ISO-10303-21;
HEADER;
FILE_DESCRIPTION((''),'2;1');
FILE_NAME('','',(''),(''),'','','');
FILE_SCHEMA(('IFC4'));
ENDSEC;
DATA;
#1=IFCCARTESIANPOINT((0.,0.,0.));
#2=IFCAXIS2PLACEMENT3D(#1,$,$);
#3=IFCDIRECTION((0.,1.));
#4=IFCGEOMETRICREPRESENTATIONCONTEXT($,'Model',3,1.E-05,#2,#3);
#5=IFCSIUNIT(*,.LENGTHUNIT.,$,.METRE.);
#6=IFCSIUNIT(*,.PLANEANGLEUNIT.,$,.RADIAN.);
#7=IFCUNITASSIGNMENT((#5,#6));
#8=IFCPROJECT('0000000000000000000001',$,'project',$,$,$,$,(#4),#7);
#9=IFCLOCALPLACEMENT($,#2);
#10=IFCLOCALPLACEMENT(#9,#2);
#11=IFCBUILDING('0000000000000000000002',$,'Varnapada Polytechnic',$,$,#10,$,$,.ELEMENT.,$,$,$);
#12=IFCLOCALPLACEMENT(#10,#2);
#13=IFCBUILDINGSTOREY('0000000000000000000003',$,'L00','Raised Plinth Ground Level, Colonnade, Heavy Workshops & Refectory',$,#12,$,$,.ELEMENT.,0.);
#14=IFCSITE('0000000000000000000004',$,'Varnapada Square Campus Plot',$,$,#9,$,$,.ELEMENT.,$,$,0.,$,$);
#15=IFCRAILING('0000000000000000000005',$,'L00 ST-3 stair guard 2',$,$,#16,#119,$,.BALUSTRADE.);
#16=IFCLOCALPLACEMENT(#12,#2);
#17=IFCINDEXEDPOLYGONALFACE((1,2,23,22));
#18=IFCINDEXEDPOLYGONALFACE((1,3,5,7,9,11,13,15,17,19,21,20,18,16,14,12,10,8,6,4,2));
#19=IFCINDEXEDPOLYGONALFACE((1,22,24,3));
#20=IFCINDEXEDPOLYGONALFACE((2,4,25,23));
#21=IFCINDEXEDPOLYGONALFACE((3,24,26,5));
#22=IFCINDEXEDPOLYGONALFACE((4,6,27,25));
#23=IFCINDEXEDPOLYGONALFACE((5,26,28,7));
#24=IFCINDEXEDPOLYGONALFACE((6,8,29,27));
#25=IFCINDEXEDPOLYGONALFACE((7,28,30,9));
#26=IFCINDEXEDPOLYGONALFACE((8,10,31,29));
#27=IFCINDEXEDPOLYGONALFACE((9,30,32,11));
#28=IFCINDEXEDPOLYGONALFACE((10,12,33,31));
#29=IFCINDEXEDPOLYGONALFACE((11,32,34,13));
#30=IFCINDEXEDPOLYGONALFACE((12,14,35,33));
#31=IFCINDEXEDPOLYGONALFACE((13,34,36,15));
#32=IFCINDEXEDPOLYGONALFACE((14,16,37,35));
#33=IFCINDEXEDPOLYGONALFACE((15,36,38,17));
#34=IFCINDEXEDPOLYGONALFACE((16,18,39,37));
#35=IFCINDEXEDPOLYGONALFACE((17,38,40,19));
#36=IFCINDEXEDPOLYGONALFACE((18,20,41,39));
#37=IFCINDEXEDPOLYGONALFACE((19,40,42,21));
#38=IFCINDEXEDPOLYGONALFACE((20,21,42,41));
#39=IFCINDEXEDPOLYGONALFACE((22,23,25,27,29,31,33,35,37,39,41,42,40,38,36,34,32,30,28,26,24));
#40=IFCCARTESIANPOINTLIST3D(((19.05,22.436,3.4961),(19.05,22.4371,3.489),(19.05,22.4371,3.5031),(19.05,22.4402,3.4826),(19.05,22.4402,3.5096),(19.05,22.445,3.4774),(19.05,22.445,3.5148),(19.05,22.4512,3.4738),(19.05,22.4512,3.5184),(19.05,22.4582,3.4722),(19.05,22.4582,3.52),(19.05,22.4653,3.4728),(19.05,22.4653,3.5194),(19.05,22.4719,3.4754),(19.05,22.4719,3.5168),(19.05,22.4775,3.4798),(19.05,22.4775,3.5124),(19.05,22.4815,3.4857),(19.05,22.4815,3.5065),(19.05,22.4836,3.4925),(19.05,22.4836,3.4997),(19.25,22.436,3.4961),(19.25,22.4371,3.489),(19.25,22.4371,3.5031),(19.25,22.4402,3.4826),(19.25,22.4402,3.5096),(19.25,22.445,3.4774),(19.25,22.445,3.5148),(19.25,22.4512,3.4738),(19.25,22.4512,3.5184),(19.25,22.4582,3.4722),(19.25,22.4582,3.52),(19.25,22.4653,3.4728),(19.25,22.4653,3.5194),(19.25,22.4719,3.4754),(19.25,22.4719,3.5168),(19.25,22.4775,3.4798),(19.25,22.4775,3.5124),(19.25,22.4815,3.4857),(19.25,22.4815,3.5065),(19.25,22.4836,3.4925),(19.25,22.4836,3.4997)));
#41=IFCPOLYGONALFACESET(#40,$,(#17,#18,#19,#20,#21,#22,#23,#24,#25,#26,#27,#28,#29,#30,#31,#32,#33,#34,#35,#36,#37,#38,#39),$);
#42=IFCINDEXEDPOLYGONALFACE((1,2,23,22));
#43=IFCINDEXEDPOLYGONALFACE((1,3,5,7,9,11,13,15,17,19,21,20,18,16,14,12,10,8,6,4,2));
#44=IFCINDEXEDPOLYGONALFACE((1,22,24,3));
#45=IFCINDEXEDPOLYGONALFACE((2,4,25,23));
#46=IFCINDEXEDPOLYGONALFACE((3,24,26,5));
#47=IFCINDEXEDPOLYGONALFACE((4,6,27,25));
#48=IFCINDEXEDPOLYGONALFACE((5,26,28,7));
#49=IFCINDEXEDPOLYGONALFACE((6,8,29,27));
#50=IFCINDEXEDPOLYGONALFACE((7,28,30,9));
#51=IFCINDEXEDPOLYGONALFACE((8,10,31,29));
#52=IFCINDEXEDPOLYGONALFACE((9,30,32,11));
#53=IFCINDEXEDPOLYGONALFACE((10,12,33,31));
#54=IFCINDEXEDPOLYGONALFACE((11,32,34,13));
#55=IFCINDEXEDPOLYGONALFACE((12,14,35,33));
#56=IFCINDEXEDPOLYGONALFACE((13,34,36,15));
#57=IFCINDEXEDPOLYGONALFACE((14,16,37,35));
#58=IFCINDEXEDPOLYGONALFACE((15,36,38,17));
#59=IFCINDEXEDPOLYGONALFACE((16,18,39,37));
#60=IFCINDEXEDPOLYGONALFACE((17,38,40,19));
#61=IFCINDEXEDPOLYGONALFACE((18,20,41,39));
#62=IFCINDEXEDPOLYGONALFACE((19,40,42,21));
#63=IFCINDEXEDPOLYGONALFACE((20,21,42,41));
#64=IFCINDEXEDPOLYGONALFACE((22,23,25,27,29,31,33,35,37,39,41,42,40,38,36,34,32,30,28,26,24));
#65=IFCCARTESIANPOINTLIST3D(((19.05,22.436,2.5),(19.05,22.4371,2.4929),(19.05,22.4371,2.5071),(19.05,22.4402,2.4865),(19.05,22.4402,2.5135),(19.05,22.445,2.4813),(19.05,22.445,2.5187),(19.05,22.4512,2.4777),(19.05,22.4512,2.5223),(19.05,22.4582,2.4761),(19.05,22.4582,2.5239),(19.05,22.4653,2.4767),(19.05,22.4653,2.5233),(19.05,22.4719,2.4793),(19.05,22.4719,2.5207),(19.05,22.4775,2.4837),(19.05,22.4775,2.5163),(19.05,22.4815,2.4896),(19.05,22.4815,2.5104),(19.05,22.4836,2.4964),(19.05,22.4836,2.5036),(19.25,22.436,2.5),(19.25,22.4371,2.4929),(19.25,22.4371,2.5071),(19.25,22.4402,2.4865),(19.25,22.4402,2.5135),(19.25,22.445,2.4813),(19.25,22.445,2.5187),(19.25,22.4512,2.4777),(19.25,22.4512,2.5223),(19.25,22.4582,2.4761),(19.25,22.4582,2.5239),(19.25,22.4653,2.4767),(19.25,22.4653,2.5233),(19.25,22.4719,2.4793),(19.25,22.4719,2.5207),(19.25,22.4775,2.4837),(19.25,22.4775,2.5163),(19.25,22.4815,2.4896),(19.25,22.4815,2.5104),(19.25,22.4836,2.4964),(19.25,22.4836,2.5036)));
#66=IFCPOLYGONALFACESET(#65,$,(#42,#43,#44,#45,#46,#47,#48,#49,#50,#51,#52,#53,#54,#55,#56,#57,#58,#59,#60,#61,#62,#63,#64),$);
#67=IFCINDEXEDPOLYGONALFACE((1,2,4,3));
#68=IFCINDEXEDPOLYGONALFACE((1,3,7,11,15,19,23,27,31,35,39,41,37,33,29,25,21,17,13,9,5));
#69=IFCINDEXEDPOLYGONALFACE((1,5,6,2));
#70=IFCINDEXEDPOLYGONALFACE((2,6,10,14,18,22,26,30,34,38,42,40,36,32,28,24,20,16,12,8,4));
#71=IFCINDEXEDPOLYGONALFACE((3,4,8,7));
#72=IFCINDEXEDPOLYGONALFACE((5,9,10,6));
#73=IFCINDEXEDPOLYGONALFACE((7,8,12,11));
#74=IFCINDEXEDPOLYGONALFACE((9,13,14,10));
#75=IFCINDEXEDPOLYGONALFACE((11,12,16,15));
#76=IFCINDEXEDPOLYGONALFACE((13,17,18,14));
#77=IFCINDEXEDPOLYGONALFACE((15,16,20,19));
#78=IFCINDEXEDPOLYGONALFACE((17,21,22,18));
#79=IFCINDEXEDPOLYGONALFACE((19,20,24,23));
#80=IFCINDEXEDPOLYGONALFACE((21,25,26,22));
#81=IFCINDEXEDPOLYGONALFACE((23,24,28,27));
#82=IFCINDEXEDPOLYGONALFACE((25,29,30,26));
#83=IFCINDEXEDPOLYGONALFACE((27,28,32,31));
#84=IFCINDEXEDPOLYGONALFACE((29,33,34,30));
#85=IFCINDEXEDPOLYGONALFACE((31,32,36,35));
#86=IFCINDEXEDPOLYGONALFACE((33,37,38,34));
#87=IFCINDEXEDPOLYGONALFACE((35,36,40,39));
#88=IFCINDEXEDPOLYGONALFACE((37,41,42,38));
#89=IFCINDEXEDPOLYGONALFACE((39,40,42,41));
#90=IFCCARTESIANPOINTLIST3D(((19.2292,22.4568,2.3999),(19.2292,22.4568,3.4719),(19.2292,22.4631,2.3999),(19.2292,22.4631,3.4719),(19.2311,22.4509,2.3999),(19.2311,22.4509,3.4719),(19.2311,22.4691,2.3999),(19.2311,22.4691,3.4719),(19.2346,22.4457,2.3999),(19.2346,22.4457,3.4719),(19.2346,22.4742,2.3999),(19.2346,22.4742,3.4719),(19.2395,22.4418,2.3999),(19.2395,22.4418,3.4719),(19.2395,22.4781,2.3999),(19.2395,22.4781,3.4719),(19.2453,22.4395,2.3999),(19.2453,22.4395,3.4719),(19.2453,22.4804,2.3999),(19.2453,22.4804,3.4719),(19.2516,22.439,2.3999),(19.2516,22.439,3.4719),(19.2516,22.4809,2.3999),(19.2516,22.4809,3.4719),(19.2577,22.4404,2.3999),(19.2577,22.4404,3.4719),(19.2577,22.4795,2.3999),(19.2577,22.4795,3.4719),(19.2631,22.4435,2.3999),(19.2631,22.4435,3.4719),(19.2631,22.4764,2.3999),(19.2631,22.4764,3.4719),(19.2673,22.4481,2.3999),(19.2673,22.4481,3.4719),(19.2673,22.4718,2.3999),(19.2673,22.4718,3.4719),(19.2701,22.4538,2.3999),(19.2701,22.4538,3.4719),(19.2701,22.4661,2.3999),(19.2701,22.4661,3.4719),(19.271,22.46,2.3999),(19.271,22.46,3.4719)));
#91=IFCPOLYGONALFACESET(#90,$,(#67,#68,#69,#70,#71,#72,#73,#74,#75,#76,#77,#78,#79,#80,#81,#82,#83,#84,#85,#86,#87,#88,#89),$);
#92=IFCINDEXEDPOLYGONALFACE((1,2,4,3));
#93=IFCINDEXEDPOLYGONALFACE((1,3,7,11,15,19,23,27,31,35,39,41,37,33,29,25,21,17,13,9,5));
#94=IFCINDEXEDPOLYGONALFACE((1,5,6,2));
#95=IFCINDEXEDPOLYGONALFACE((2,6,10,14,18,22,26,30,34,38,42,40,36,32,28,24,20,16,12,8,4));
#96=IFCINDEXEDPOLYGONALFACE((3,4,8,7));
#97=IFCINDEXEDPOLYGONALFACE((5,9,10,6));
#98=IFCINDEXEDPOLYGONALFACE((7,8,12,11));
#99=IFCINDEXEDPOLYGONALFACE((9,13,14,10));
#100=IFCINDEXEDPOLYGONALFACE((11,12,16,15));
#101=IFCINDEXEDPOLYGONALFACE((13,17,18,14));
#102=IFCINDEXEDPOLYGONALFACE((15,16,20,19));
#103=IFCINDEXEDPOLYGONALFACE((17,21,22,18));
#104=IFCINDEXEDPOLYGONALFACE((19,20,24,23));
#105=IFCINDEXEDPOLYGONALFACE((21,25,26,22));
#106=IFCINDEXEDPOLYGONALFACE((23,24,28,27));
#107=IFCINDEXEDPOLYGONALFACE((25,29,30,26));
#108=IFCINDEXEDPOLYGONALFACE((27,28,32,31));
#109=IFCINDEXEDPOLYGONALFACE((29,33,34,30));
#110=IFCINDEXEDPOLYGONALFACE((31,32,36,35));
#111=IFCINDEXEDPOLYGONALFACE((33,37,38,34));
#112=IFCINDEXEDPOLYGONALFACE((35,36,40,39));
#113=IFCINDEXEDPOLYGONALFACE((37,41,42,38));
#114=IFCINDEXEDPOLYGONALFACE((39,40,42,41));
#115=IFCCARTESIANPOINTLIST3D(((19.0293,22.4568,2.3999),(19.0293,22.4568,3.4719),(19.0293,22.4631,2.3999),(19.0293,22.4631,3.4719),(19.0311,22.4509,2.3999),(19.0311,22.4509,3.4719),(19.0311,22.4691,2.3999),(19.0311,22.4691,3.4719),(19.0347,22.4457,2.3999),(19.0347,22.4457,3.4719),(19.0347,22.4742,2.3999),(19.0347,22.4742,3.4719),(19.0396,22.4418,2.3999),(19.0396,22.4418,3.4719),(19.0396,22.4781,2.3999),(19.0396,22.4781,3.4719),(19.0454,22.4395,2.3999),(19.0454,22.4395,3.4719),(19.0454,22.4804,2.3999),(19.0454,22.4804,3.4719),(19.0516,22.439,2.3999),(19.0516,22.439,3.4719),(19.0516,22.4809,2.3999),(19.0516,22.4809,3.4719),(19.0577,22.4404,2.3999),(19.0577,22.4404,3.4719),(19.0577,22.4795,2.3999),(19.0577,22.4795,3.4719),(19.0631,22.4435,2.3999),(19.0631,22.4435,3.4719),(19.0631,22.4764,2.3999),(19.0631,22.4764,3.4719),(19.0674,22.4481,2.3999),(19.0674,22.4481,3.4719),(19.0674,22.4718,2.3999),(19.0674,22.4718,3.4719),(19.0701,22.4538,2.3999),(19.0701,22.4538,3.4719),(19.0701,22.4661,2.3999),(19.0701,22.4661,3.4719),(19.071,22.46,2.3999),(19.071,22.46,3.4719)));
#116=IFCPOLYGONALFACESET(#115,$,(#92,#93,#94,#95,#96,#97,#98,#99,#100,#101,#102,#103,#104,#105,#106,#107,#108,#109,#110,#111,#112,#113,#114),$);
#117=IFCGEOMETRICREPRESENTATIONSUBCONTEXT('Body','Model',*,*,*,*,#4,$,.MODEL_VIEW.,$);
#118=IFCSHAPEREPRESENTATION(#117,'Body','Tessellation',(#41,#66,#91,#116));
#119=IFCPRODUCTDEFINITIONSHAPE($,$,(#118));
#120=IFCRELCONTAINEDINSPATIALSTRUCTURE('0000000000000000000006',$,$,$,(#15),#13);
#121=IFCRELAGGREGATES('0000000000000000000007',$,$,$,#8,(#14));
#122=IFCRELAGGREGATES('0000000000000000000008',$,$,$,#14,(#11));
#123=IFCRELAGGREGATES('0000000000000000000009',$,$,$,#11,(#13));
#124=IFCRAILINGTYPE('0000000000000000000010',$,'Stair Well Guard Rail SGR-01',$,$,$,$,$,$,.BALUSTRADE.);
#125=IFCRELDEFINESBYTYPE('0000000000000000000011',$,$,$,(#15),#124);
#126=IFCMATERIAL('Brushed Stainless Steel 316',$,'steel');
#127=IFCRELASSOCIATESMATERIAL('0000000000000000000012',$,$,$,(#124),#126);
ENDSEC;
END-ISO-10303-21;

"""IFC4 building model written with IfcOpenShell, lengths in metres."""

from ifc_helpers import new_model, si_unit, direction, frame, origin, origin_2d, place, context, subcontext, project, spatial, circle, extrude, material, type_object, element, save


model = new_model("IFC4")

# Units and contexts
model_context = context("Model", 3, precision=1e-05, world=origin(), true_north=direction((0.0, 1.0)))
body_context = subcontext(model_context, "Body", "Model", "MODEL_VIEW")
ifc_project = project(units=[si_unit("LENGTHUNIT", "METRE"), si_unit("PLANEANGLEUNIT", "RADIAN")], contexts=[model_context])

# Site, building, storey
site_placement = place(None, origin())
site = spatial("IfcSite", under=ifc_project, at=site_placement, Name="Varnapada Square Campus Plot", CompositionType="ELEMENT", RefElevation=0.0)
building_placement = place(site_placement, origin())
building = spatial("IfcBuilding", under=site, at=building_placement, Name="Varnapada Polytechnic", CompositionType="ELEMENT")
storey_placement = place(building_placement, origin())
storey = spatial("IfcBuildingStorey", under=building, at=storey_placement, Name="L00", Description="Raised Plinth Ground Level, Colonnade, Heavy Workshops & Refectory", CompositionType="ELEMENT", Elevation=0.0)

# Shared definitions
ifc_material_1 = material(Name="Brushed Stainless Steel 316", Category="steel")

# Railing
railing_type_1 = type_object("IfcRailingType", Name="Stair Well Guard Rail SGR-01", PredefinedType="BALUSTRADE", material=ifc_material_1)
railing_1_placement = place(storey_placement, frame((19.25, 22.46, 2.3999)))
element("IfcRailing", 1, at=railing_1_placement, inside=storey, type_object=railing_type_1, Name="L00 ST-3 stair guard 2", PredefinedType="BALUSTRADE", context=body_context, shape_type="SweptSolid", body=[
    extrude(circle(Radius=0.0239, at=origin_2d()), frame((0.0, 0.0, 1.0962), z_axis=(-1.0, 0.0, 0.0), x_axis=(0.0, -1.0, 0.0)), (0.0, 0.0, 1.0), 0.2),
    extrude(circle(Radius=0.0239, at=origin_2d()), frame((0.0, 0.0, 0.1001), z_axis=(-1.0, 0.0, 0.0), x_axis=(0.0, -1.0, 0.0)), (0.0, 0.0, 1.0), 0.2),
    extrude(circle(Radius=0.021, at=origin_2d()), origin(), (0.0, 0.0, 1.0), 1.072),
    extrude(circle(Radius=0.021, at=origin_2d()), frame((-0.2, 0.0, 0.0)), (0.0, 0.0, 1.0), 1.072),
])

save(model, "model.ifc")
